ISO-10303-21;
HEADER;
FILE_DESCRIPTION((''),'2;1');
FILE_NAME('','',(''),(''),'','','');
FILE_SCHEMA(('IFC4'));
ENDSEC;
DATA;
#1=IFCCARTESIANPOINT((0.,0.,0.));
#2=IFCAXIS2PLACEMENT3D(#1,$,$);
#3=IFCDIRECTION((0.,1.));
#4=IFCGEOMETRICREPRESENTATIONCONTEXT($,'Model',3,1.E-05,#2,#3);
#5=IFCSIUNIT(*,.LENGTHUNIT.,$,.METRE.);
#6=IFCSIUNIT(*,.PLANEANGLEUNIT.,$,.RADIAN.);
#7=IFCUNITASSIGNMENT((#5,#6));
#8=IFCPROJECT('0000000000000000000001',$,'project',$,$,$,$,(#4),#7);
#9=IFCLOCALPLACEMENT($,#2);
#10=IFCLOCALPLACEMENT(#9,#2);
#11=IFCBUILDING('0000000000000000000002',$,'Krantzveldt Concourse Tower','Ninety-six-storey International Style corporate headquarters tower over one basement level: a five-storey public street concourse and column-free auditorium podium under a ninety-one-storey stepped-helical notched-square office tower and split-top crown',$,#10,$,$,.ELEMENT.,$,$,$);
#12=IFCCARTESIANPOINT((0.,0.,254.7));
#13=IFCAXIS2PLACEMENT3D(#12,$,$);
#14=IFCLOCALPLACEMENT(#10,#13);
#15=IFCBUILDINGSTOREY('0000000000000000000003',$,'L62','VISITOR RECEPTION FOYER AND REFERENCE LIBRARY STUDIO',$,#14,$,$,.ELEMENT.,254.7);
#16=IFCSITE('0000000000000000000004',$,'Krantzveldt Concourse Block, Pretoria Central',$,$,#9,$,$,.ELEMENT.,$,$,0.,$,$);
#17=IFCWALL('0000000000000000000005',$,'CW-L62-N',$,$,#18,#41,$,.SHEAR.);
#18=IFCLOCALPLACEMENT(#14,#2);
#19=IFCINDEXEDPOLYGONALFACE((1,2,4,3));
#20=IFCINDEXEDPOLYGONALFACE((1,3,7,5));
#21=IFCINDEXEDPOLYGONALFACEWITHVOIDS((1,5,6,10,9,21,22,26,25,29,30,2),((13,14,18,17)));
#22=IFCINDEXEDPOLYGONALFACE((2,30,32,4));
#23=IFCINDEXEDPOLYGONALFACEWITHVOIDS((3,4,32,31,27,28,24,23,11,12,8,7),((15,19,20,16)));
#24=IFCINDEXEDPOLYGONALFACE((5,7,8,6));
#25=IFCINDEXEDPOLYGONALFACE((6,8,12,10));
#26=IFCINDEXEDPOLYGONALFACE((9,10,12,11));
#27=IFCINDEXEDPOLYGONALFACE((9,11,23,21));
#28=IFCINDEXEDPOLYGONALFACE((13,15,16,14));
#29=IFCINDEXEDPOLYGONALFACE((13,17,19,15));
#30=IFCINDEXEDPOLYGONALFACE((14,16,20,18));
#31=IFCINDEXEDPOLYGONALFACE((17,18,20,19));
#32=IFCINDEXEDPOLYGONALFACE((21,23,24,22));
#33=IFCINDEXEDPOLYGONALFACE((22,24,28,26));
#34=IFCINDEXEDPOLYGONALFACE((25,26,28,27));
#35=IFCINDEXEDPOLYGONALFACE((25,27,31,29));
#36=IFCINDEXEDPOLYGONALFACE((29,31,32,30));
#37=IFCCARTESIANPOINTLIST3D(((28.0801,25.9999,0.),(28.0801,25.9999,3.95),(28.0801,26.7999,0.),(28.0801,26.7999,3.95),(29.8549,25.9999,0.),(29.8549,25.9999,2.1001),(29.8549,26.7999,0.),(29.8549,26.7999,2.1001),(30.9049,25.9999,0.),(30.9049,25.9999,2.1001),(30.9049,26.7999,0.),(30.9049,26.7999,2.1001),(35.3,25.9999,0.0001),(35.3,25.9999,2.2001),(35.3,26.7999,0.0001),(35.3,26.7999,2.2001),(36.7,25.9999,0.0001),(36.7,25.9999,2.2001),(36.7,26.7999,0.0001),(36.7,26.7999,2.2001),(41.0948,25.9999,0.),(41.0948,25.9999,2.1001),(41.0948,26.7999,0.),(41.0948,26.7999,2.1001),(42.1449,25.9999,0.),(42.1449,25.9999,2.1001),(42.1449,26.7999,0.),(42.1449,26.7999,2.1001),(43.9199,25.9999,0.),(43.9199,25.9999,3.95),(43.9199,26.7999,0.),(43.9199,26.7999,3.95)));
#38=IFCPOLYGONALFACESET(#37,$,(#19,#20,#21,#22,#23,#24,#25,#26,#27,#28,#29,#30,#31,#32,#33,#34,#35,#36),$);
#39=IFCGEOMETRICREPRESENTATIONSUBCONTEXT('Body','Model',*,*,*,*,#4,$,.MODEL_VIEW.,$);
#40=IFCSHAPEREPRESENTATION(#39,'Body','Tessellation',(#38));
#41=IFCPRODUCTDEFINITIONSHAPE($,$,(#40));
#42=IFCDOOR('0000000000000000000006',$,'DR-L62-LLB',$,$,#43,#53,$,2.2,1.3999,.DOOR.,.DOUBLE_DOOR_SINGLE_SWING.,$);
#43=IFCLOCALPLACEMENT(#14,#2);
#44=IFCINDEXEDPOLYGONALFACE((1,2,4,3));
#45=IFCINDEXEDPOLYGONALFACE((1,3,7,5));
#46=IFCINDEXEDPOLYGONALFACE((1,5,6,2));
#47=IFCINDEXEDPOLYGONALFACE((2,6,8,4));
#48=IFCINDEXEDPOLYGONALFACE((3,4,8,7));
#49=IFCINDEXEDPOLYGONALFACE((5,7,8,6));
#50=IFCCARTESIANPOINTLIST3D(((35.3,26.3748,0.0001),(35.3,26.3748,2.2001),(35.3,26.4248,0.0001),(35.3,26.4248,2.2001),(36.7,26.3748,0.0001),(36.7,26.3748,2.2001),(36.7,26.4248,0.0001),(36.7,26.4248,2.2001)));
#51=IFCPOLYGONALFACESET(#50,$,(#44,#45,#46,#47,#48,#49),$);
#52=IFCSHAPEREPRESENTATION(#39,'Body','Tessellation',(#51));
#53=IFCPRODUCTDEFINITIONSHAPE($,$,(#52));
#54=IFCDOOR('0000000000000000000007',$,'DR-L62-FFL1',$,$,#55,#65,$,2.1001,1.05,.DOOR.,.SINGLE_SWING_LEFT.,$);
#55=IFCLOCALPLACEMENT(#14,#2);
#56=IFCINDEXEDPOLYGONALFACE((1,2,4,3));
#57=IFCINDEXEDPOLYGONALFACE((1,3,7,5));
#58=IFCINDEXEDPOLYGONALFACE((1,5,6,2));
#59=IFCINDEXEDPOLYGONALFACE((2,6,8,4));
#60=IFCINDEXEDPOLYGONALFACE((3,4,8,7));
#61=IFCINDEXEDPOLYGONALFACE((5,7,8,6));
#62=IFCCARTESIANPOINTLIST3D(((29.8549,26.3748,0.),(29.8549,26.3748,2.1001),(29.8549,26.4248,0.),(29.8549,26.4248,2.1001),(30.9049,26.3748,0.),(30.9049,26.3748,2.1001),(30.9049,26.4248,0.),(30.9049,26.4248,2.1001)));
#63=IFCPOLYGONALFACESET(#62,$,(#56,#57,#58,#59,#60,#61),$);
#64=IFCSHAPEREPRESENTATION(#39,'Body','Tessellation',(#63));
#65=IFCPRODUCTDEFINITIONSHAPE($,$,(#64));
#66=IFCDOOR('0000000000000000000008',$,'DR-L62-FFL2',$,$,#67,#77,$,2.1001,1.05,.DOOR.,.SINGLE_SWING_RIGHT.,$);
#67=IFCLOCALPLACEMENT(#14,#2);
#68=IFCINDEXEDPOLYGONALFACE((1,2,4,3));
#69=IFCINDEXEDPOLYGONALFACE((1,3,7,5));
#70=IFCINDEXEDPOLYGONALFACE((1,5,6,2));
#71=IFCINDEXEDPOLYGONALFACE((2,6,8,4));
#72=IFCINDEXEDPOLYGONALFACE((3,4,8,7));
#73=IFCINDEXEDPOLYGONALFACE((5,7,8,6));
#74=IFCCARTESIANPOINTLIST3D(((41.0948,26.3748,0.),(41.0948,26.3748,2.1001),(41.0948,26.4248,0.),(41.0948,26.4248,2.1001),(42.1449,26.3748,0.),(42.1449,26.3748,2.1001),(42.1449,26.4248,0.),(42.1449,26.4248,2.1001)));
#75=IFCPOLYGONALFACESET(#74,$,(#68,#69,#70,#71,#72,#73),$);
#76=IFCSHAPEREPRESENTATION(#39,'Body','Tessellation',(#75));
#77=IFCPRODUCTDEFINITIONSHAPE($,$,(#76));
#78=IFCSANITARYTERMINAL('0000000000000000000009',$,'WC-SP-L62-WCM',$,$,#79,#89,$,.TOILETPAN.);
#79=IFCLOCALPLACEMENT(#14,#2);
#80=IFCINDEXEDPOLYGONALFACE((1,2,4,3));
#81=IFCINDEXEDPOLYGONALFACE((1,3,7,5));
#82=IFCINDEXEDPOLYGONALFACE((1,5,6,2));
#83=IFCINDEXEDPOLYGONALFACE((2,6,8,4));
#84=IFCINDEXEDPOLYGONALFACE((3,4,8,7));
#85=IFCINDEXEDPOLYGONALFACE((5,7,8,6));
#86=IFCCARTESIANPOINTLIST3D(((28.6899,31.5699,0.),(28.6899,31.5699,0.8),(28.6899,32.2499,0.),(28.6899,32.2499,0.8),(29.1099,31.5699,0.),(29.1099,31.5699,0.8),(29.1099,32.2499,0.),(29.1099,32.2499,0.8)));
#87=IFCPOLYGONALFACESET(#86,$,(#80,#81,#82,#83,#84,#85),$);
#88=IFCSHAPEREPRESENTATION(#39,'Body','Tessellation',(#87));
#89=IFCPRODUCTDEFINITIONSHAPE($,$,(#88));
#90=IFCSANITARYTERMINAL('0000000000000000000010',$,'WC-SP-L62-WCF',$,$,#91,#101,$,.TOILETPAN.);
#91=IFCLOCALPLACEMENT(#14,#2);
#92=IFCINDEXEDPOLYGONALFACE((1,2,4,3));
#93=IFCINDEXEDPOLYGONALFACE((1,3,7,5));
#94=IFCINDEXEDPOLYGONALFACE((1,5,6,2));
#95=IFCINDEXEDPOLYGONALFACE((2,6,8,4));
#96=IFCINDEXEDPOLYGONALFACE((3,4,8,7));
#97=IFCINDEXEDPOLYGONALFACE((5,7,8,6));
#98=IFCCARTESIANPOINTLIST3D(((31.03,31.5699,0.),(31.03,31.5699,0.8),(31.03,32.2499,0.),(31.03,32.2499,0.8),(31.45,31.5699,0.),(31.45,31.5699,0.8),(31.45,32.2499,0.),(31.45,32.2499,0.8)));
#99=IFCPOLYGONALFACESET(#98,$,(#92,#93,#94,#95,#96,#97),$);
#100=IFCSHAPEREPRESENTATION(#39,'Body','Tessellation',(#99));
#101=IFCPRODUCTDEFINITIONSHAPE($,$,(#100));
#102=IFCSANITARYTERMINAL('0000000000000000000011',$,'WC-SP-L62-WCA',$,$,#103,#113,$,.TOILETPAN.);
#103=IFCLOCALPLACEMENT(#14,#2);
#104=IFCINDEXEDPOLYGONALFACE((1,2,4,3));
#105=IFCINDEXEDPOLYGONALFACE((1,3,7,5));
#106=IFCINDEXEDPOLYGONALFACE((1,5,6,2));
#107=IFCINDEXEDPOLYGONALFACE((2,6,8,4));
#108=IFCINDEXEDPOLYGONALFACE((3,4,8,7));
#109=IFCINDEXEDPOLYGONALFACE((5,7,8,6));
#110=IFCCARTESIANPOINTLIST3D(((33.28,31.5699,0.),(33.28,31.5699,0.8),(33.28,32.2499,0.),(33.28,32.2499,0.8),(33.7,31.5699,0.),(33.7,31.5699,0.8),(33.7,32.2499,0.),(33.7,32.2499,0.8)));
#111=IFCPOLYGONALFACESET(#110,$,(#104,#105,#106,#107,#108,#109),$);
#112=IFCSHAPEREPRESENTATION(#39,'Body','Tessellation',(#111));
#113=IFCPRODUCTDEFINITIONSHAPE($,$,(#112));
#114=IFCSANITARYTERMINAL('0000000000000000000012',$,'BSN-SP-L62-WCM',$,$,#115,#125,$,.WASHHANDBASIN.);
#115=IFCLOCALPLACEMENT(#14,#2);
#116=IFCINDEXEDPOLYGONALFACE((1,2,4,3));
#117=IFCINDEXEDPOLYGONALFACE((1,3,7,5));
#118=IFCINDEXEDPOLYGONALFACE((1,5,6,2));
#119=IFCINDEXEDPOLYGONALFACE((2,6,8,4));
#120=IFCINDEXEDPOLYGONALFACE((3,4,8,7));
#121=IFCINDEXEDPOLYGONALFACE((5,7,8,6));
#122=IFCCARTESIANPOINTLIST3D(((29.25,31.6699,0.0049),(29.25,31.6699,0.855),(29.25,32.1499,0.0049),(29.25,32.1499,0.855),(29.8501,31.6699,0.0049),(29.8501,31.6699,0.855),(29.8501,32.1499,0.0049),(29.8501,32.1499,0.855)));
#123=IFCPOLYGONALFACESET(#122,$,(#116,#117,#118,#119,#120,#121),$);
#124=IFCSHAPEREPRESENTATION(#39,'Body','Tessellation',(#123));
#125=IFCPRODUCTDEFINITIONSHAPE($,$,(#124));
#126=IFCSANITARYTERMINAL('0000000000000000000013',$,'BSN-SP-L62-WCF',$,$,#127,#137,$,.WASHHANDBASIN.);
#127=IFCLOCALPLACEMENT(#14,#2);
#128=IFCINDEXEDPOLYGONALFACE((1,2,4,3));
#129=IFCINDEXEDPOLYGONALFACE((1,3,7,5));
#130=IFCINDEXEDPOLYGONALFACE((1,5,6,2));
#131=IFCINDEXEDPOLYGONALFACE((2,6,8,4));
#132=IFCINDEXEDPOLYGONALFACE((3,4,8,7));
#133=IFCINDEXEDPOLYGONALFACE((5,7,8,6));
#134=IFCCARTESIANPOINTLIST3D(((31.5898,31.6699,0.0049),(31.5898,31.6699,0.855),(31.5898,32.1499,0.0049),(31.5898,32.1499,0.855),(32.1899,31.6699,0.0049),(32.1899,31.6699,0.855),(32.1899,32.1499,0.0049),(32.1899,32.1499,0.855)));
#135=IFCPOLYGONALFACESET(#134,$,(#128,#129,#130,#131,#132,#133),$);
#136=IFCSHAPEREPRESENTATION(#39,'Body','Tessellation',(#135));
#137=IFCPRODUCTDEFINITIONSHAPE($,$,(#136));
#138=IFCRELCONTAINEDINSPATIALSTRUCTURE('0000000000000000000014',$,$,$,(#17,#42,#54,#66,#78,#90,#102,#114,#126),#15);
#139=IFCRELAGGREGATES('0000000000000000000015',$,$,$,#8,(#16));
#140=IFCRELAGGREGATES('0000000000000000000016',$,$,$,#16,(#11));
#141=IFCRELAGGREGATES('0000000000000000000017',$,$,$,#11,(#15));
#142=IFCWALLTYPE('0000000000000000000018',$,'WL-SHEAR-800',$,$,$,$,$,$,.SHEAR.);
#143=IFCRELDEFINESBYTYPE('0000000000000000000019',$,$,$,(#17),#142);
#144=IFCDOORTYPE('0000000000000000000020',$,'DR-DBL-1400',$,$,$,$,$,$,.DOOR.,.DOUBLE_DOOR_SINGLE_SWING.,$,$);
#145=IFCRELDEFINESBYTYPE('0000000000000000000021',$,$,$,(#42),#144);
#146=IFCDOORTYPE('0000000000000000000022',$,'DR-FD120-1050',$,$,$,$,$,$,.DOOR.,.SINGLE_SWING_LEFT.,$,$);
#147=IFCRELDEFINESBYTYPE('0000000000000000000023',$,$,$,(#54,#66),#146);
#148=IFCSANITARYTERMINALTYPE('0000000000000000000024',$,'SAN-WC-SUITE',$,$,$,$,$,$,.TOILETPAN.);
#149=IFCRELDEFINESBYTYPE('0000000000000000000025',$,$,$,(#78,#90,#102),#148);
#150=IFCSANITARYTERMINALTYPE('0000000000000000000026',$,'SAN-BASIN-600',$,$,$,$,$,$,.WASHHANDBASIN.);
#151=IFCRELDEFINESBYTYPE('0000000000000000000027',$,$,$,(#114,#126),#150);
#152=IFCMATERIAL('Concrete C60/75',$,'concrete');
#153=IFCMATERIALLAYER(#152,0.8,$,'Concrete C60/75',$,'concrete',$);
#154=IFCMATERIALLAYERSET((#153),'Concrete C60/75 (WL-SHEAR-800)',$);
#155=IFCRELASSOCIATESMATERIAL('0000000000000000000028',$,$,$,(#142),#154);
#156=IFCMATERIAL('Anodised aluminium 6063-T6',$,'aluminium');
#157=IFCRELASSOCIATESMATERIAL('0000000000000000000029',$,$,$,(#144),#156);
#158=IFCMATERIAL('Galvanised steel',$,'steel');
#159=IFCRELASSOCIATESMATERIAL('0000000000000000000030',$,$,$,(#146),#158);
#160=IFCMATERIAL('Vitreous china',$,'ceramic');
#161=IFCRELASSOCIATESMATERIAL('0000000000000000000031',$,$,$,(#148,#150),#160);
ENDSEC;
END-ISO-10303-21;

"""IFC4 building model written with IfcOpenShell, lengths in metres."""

from ifc_helpers import new_model, si_unit, direction, frame, frame_2d, origin, origin_2d, place, context, subcontext, project, spatial, rectangle, extrude, source, transform, mapped, material, layer, layer_set, type_object, type_shapes, element, fill, save


model = new_model("IFC4")

# Units and contexts
model_context = context("Model", 3, precision=1e-05, world=origin(), true_north=direction((0.0, 1.0)))
body_context = subcontext(model_context, "Body", "Model", "MODEL_VIEW")
ifc_project = project(units=[si_unit("LENGTHUNIT", "METRE"), si_unit("PLANEANGLEUNIT", "RADIAN")], contexts=[model_context])

# Site, building, storey
site_placement = place(None, origin())
site = spatial("IfcSite", under=ifc_project, at=site_placement, Name="Krantzveldt Concourse Block, Pretoria Central", CompositionType="ELEMENT", RefElevation=0.0)
building_placement = place(site_placement, origin())
building = spatial("IfcBuilding", under=site, at=building_placement, Name="Krantzveldt Concourse Tower", Description="Ninety-six-storey International Style corporate headquarters tower over one basement level: a five-storey public street concourse and column-free auditorium podium under a ninety-one-storey stepped-helical notched-square office tower and split-top crown", CompositionType="ELEMENT")
storey_placement = place(building_placement, frame((0.0, 0.0, 254.7)))
storey = spatial("IfcBuildingStorey", under=building, at=storey_placement, Name="L62", Description="VISITOR RECEPTION FOYER AND REFERENCE LIBRARY STUDIO", CompositionType="ELEMENT", Elevation=254.7)

# Wall, openings, doors
ifc_material_1 = material(Name="Concrete C60/75", Category="concrete")
ifc_layer_1 = layer(ifc_material_1, 0.8, Name="Concrete C60/75", Category="concrete")
ifc_layer_set_1 = layer_set([ifc_layer_1], Name="Concrete C60/75 (WL-SHEAR-800)")
wall_type_1 = type_object("IfcWallType", Name="WL-SHEAR-800", PredefinedType="SHEAR", material=ifc_layer_set_1)
wall_1_placement = place(storey_placement, frame((28.0801, 26.3999, 0.0), z_axis=(0.0, 0.0, 1.0), x_axis=(1.0, 0.0, 0.0)))
wall_1 = element("IfcWall", 1, at=wall_1_placement, inside=storey, type_object=wall_type_1, Name="CW-L62-N", PredefinedType="SHEAR", context=body_context, shape_type="SweptSolid", body=[
    extrude(rectangle(XDim=15.8398, YDim=0.8, at=frame_2d((7.9199, 0.0))), origin(), (0.0, 0.0, 1.0), 3.95),
])
opening_1_placement = place(wall_1_placement, frame((7.22, 0.0, 0.0)))
opening_1 = element("IfcOpeningElement", 2, at=opening_1_placement, cuts=wall_1, PredefinedType="OPENING", context=body_context, shape_type="SweptSolid", body=[
    extrude(rectangle(XDim=1.3999, YDim=2.2, at=frame_2d((0.7, 1.1001))), frame((0.0, 0.4102, 0.0), z_axis=(0.0, -1.0, 0.0), x_axis=(1.0, 0.0, 0.0)), (0.0, 0.0, 1.0), 0.8201),
])
opening_2_placement = place(wall_1_placement, frame((1.7749, 0.0, 0.0)))
opening_2 = element("IfcOpeningElement", 3, at=opening_2_placement, cuts=wall_1, PredefinedType="OPENING", context=body_context, shape_type="SweptSolid", body=[
    extrude(rectangle(XDim=1.05, YDim=2.1001, at=frame_2d((0.5249, 1.05))), frame((0.0, 0.4102, 0.0), z_axis=(0.0, -1.0, 0.0), x_axis=(1.0, 0.0, 0.0)), (0.0, 0.0, 1.0), 0.8201),
])
opening_3_placement = place(wall_1_placement, frame((13.0149, 0.0, 0.0)))
opening_3 = element("IfcOpeningElement", 4, at=opening_3_placement, cuts=wall_1, PredefinedType="OPENING", context=body_context, shape_type="SweptSolid", body=[
    extrude(rectangle(XDim=1.05, YDim=2.1001, at=frame_2d((0.5249, 1.05))), frame((0.0, 0.4102, 0.0), z_axis=(0.0, -1.0, 0.0), x_axis=(1.0, 0.0, 0.0)), (0.0, 0.0, 1.0), 0.8201),
])
ifc_material_2 = material(Name="Anodised aluminium 6063-T6", Category="aluminium")
door_type_1 = type_object("IfcDoorType", Name="DR-DBL-1400", OperationType="DOUBLE_DOOR_SINGLE_SWING", PredefinedType="DOOR", material=ifc_material_2)
door_1_placement = place(opening_1_placement, origin())
door_1 = element("IfcDoor", 5, at=door_1_placement, inside=storey, type_object=door_type_1, Name="DR-L62-LLB", OperationType="DOUBLE_DOOR_SINGLE_SWING", OverallHeight=2.2, OverallWidth=1.3999, PredefinedType="DOOR", context=body_context, shape_type="SweptSolid", body=[
    extrude(rectangle(XDim=1.3999, YDim=2.2, at=frame_2d((0.7, 1.1001))), frame((0.0, 0.0249, 0.0), z_axis=(0.0, -1.0, 0.0), x_axis=(1.0, 0.0, 0.0)), (0.0, 0.0, 1.0), 0.05),
])
fill(opening_1, door_1)
ifc_material_3 = material(Name="Galvanised steel", Category="steel")
door_type_2 = type_object("IfcDoorType", Name="DR-FD120-1050", OperationType="SINGLE_SWING_LEFT", PredefinedType="DOOR", material=ifc_material_3)
door_2_placement = place(opening_2_placement, origin())
door_2 = element("IfcDoor", 6, at=door_2_placement, inside=storey, type_object=door_type_2, Name="DR-L62-FFL1", OperationType="SINGLE_SWING_LEFT", OverallHeight=2.1001, OverallWidth=1.05, PredefinedType="DOOR", context=body_context, shape_type="SweptSolid", body=[
    extrude(rectangle(XDim=1.05, YDim=2.1001, at=frame_2d((0.5249, 1.05))), frame((0.0, 0.0249, 0.0), z_axis=(0.0, -1.0, 0.0), x_axis=(1.0, 0.0, 0.0)), (0.0, 0.0, 1.0), 0.05),
])
fill(opening_2, door_2)
door_3_placement = place(opening_3_placement, origin())
door_3 = element("IfcDoor", 7, at=door_3_placement, inside=storey, type_object=door_type_2, Name="DR-L62-FFL2", OperationType="SINGLE_SWING_RIGHT", OverallHeight=2.1001, OverallWidth=1.05, PredefinedType="DOOR", context=body_context, shape_type="SweptSolid", body=[
    extrude(rectangle(XDim=1.05, YDim=2.1001, at=frame_2d((0.5249, 1.05))), frame((0.0, 0.0249, 0.0), z_axis=(0.0, -1.0, 0.0), x_axis=(1.0, 0.0, 0.0)), (0.0, 0.0, 1.0), 0.05),
])
fill(opening_3, door_3)

# Sanitary terminals
ifc_material_4 = material(Name="Vitreous china", Category="ceramic")
sanitary_terminal_type_1 = type_object("IfcSanitaryTerminalType", Name="SAN-WC-SUITE", PredefinedType="TOILETPAN", material=ifc_material_4)
shared_shape_1 = source(origin(), body_context, "Body", "SweptSolid", [
    extrude(rectangle(XDim=0.4199, YDim=0.6799, at=origin_2d()), origin(), (0.0, 0.0, 1.0), 0.8),
])
type_shapes(sanitary_terminal_type_1, [shared_shape_1])
for number, where, z_axis, x_axis, name in (
    (8, (28.8999, 31.9099, 0.0), (0.0, 0.0, 1.0), (1.0, 0.0, 0.0), "WC-SP-L62-WCM"),
    (9, (31.24, 31.9099, 0.0), (0.0, 0.0, 1.0), (1.0, 0.0, 0.0), "WC-SP-L62-WCF"),
    (10, (33.49, 31.9099, 0.0), (0.0, 0.0, 1.0), (1.0, 0.0, 0.0), "WC-SP-L62-WCA"),
):
    element("IfcSanitaryTerminal", number, at=place(storey_placement, frame(where, z_axis=z_axis, x_axis=x_axis)), inside=storey, type_object=sanitary_terminal_type_1, Name=name, PredefinedType="TOILETPAN", context=body_context, shape_type="MappedRepresentation", body=[
        mapped(shared_shape_1, transform((0.0, 0.0, 0.0), x_axis=(1.0, 0.0, 0.0), y_axis=(0.0, 1.0, 0.0), z_axis=(0.0, 0.0, 1.0), scale=1.0)),
    ])
sanitary_terminal_type_2 = type_object("IfcSanitaryTerminalType", Name="SAN-BASIN-600", PredefinedType="WASHHANDBASIN", material=ifc_material_4)
shared_shape_2 = source(origin(), body_context, "Body", "SweptSolid", [
    extrude(rectangle(XDim=0.6001, YDim=0.48, at=origin_2d()), origin(), (0.0, 0.0, 1.0), 0.8501),
])
type_shapes(sanitary_terminal_type_2, [shared_shape_2])
for number, where, z_axis, x_axis, name in (
    (11, (29.55, 31.9099, 0.0049), (0.0, 0.0, 1.0), (1.0, 0.0, 0.0), "BSN-SP-L62-WCM"),
    (12, (31.8899, 31.9099, 0.0049), (0.0, 0.0, 1.0), (1.0, 0.0, 0.0), "BSN-SP-L62-WCF"),
):
    element("IfcSanitaryTerminal", number, at=place(storey_placement, frame(where, z_axis=z_axis, x_axis=x_axis)), inside=storey, type_object=sanitary_terminal_type_2, Name=name, PredefinedType="WASHHANDBASIN", context=body_context, shape_type="MappedRepresentation", body=[
        mapped(shared_shape_2, transform((0.0, 0.0, 0.0), x_axis=(1.0, 0.0, 0.0), y_axis=(0.0, 1.0, 0.0), z_axis=(0.0, 0.0, 1.0), scale=1.0)),
    ])

save(model, "model.ifc")
